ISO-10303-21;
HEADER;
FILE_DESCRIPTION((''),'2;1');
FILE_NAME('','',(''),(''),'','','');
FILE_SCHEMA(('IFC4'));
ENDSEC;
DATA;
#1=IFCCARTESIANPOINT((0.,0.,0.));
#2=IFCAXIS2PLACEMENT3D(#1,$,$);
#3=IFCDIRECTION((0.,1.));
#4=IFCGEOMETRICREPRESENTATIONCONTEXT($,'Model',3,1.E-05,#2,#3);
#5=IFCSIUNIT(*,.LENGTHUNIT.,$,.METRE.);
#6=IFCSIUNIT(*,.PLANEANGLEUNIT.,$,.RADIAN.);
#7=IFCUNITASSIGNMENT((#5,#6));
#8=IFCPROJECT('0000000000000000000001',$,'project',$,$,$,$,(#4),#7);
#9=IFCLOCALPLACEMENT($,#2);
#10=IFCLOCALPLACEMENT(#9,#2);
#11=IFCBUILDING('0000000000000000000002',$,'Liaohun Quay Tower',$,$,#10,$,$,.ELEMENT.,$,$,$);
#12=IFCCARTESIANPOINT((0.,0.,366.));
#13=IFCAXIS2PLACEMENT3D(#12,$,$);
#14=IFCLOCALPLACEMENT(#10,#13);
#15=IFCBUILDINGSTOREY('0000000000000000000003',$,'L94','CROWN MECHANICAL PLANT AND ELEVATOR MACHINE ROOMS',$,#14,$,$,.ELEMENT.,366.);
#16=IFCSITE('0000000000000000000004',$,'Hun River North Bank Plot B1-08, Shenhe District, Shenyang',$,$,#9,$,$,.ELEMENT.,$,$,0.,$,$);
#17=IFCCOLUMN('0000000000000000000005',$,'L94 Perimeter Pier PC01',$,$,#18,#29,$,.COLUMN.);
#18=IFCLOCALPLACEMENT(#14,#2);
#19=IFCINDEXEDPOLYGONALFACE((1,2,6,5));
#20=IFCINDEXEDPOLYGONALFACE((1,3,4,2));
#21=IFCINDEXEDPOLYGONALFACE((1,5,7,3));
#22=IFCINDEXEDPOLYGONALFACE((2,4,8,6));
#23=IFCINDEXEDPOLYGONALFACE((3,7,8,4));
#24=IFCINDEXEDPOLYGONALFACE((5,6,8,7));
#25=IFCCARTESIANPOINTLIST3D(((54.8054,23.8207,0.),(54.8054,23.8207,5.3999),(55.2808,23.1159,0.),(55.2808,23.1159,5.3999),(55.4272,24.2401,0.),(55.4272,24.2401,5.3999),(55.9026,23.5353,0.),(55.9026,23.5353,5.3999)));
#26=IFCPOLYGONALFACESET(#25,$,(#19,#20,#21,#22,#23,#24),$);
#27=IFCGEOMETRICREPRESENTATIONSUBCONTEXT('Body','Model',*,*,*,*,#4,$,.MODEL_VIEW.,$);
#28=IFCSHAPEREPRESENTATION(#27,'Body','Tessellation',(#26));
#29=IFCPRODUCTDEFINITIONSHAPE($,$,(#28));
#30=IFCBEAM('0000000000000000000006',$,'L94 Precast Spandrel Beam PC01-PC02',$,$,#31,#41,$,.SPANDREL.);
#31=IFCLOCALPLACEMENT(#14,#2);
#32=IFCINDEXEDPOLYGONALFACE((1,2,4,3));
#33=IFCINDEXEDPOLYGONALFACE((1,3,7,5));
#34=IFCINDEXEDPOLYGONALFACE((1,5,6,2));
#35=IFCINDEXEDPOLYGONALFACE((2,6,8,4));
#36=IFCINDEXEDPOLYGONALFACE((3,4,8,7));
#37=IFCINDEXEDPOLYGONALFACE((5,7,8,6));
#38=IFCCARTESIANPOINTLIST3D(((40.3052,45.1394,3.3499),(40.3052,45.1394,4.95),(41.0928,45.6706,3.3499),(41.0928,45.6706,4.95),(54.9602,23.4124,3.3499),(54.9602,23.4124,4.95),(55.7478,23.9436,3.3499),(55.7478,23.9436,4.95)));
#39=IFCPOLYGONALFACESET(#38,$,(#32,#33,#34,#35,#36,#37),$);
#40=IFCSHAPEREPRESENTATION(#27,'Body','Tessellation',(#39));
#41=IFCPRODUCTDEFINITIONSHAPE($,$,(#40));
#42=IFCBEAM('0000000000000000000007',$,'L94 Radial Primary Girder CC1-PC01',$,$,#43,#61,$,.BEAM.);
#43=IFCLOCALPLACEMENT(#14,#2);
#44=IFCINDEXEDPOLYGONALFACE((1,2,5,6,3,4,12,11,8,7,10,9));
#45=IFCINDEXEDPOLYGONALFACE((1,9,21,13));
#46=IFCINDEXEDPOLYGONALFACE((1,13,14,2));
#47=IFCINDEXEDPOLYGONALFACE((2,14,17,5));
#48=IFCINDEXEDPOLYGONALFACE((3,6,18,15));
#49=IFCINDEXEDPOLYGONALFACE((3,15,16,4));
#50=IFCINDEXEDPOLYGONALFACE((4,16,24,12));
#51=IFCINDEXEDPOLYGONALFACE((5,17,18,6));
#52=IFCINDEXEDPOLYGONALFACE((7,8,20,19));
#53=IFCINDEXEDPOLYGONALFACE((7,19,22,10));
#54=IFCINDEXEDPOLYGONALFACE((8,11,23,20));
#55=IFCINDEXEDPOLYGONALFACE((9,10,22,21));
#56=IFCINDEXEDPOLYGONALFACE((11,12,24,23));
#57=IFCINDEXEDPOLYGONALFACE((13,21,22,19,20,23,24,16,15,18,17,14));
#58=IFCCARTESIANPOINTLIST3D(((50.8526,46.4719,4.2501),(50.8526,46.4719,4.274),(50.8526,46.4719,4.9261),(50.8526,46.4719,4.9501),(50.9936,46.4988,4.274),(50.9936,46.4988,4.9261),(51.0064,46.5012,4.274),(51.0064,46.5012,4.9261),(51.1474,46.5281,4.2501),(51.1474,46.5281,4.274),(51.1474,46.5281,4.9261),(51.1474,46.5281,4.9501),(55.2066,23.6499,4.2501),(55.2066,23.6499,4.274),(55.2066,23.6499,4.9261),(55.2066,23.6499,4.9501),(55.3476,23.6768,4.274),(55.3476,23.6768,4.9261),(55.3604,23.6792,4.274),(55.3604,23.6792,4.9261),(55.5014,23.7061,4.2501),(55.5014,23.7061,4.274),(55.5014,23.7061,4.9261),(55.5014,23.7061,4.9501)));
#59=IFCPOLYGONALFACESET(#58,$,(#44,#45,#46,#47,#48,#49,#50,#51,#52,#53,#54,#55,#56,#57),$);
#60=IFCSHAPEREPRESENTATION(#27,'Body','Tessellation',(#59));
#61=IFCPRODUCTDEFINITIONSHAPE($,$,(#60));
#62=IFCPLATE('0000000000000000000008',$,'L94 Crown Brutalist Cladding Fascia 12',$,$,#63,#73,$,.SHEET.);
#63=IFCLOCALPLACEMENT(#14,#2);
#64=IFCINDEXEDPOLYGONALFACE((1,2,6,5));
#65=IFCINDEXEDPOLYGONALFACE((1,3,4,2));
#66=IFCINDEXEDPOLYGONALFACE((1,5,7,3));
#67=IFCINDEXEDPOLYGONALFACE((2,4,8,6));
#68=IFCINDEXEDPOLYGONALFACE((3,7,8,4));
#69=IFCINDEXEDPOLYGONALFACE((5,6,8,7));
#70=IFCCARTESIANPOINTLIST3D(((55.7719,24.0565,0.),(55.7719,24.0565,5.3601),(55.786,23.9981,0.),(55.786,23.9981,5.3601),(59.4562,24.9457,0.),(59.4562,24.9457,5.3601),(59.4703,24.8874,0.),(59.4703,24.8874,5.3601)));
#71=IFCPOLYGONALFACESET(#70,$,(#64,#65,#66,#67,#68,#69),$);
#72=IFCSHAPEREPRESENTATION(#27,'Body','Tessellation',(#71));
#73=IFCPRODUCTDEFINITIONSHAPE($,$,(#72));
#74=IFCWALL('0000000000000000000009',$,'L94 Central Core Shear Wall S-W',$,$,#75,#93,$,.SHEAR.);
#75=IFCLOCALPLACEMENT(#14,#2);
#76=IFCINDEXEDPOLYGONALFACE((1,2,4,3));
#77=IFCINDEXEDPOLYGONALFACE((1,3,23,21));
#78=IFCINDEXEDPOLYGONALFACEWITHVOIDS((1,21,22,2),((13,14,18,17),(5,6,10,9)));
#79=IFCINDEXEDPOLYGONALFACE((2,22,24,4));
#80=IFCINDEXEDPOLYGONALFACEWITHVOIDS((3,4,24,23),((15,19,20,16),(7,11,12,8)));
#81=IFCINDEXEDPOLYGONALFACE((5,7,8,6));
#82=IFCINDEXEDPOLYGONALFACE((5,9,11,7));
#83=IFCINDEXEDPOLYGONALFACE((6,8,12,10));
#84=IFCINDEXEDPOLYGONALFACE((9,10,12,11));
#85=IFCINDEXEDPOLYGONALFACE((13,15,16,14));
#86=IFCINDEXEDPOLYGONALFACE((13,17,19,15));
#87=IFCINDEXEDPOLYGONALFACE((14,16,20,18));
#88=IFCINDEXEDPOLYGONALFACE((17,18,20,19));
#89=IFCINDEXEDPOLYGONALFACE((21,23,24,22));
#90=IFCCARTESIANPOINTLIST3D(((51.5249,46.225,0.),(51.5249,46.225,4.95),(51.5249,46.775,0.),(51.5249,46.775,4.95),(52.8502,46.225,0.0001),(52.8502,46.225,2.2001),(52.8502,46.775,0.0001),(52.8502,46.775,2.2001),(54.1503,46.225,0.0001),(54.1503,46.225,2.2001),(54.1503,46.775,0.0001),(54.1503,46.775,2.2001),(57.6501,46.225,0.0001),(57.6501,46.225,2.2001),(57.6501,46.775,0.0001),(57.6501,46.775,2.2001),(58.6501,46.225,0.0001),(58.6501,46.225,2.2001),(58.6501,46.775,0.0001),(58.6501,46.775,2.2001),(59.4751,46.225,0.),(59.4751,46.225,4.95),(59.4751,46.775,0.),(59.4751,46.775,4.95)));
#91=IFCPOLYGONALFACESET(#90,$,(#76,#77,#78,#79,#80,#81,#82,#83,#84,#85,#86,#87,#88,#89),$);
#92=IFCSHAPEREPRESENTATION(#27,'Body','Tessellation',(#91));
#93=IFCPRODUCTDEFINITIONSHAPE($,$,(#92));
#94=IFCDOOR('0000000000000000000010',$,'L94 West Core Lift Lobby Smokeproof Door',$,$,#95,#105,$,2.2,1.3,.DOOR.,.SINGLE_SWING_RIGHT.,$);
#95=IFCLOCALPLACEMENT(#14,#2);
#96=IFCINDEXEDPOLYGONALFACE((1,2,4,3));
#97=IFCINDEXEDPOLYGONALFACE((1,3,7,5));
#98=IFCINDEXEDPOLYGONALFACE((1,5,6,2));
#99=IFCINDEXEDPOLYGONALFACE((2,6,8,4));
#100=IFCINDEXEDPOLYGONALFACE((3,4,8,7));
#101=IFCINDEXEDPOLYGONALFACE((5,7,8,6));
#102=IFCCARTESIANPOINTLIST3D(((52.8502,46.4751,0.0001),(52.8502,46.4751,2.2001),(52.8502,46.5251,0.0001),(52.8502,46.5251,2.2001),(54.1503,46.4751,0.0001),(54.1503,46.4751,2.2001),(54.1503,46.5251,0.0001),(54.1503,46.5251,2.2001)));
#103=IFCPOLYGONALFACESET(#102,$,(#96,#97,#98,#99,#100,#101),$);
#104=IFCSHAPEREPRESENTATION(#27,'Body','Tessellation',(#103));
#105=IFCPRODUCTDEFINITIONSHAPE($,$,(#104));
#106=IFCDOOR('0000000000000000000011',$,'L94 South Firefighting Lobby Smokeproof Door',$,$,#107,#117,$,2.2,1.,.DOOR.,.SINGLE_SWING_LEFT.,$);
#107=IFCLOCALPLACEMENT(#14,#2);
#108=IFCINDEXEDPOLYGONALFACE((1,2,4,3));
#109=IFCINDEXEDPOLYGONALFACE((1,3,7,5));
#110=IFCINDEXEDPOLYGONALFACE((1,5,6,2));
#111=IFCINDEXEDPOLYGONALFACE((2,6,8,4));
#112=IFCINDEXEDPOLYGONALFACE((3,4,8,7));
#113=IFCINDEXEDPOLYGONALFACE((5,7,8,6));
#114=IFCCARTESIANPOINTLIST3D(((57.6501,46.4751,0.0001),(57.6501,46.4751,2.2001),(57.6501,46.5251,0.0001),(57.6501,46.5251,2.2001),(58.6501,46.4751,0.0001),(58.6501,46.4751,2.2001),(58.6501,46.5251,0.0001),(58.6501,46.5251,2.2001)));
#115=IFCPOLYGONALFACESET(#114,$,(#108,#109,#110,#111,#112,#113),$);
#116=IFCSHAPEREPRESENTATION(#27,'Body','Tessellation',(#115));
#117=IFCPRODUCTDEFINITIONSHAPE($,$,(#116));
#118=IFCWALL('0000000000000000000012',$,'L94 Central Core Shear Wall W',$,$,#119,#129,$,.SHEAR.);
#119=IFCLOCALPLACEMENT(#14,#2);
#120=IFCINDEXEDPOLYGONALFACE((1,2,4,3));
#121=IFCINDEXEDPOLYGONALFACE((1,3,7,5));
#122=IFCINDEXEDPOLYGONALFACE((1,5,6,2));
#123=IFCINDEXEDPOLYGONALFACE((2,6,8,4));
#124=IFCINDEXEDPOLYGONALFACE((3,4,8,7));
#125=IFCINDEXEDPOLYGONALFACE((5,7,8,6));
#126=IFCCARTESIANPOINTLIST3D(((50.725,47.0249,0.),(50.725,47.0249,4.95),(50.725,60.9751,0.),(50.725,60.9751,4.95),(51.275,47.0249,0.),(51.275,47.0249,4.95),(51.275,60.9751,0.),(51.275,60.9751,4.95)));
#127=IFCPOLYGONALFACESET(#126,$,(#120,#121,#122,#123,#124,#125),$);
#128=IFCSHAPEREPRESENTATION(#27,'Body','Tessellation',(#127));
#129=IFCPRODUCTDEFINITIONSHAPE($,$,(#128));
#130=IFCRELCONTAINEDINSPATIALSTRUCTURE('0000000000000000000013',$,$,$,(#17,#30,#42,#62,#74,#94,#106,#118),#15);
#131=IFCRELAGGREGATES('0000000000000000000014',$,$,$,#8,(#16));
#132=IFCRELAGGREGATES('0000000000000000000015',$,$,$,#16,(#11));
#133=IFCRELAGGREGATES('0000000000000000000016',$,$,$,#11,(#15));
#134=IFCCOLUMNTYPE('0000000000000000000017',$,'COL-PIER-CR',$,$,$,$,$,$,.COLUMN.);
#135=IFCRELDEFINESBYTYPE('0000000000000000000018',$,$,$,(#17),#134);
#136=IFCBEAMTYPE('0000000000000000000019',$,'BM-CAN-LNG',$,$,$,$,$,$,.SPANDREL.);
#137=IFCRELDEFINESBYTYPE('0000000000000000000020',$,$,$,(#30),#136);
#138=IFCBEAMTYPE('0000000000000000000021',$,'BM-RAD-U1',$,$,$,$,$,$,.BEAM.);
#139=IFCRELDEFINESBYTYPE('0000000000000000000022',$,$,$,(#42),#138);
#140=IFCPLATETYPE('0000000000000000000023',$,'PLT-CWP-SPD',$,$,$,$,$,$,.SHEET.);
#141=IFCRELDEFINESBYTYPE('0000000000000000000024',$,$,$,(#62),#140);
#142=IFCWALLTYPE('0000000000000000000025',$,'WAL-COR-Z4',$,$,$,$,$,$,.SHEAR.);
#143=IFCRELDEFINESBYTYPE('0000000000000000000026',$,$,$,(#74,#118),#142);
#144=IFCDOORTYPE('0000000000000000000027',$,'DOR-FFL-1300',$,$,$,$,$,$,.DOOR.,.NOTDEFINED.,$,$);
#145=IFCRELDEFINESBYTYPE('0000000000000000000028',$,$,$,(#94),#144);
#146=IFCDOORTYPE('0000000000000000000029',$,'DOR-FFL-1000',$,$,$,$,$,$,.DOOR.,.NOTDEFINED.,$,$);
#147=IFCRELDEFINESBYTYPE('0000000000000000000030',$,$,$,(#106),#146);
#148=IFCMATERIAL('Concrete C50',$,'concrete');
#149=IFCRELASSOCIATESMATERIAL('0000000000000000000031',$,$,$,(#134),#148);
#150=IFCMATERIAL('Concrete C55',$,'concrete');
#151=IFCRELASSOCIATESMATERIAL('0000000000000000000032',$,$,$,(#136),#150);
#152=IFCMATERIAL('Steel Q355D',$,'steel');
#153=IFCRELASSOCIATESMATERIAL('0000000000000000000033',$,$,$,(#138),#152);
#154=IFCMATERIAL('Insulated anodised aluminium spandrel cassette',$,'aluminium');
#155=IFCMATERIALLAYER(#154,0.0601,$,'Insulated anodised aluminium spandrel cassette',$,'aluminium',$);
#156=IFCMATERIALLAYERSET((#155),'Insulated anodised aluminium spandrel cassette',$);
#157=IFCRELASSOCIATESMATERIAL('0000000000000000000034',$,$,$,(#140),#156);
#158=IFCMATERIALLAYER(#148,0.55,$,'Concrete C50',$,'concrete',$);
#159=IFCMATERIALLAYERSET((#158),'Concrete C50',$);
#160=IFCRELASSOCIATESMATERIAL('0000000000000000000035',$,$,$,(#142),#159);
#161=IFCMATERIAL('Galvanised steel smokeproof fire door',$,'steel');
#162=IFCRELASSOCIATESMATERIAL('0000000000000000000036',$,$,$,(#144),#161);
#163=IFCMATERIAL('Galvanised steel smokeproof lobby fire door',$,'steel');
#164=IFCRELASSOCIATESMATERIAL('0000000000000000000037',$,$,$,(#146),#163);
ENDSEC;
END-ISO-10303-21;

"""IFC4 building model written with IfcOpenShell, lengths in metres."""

from ifc_helpers import new_model, si_unit, direction, frame, frame_2d, origin, origin_2d, place, context, subcontext, project, spatial, rectangle, i_section, extrude, source, transform, mapped, material, layer, layer_set, material_profile, profile_set, type_object, element, fill, save


model = new_model("IFC4")

# Units and contexts
model_context = context("Model", 3, precision=1e-05, world=origin(), true_north=direction((0.0, 1.0)))
body_context = subcontext(model_context, "Body", "Model", "MODEL_VIEW")
ifc_project = project(units=[si_unit("LENGTHUNIT", "METRE"), si_unit("PLANEANGLEUNIT", "RADIAN")], contexts=[model_context])

# Site, building, storey
site_placement = place(None, origin())
site = spatial("IfcSite", under=ifc_project, at=site_placement, Name="Hun River North Bank Plot B1-08, Shenhe District, Shenyang", CompositionType="ELEMENT", RefElevation=0.0)
building_placement = place(site_placement, origin())
building = spatial("IfcBuilding", under=site, at=building_placement, Name="Liaohun Quay Tower", CompositionType="ELEMENT")
storey_placement = place(building_placement, frame((0.0, 0.0, 366.0)))
storey = spatial("IfcBuildingStorey", under=building, at=storey_placement, Name="L94", Description="CROWN MECHANICAL PLANT AND ELEVATOR MACHINE ROOMS", CompositionType="ELEMENT", Elevation=366.0)

# Column
ifc_material_1 = material(Name="Concrete C50", Category="concrete")
ifc_material_profile_1 = material_profile(ifc_material_1, rectangle(XDim=0.8501, YDim=0.75, at=origin_2d()), Name="RC850x750")
ifc_profile_set_1 = profile_set([ifc_material_profile_1], Name="Concrete C50")
column_type = type_object("IfcColumnType", Name="COL-PIER-CR", PredefinedType="COLUMN", material=ifc_profile_set_1)
shared_shape_1 = source(origin(), body_context, "Body", "SweptSolid", [
    extrude(rectangle(XDim=0.8501, YDim=0.75, at=origin_2d()), origin(), (0.0, 0.0, 1.0), 5.3999),
])
column_placement = place(storey_placement, frame((55.354, 23.678, 0.0), z_axis=(0.0, 0.0, 1.0), x_axis=(-0.559193, 0.829038, 0.0)))
element("IfcColumn", 1, at=column_placement, inside=storey, type_object=column_type, Name="L94 Perimeter Pier PC01", PredefinedType="COLUMN", context=body_context, shape_type="MappedRepresentation", body=[
    mapped(shared_shape_1, transform((0.0, 0.0, 0.0), x_axis=(1.0, 0.0, 0.0), y_axis=(0.0, 1.0, 0.0), z_axis=(0.0, 0.0, 1.0), scale=1.0)),
])

# Beams
ifc_material_2 = material(Name="Concrete C55", Category="concrete")
ifc_material_profile_2 = material_profile(ifc_material_2, rectangle(XDim=0.95, YDim=1.6001, at=origin_2d()), Name="RC950x1600")
ifc_profile_set_2 = profile_set([ifc_material_profile_2], Name="Concrete C55")
beam_type_1 = type_object("IfcBeamType", Name="BM-CAN-LNG", PredefinedType="SPANDREL", material=ifc_profile_set_2)
shared_shape_2 = source(origin(), body_context, "Body", "SweptSolid", [
    extrude(rectangle(XDim=0.95, YDim=1.6001, at=origin_2d()), origin(), (0.0, 0.0, 1.0), 26.2075),
])
beam_1_placement = place(storey_placement, frame((55.354, 23.678, 4.1499), z_axis=(-0.559192, 0.829038, 0.0), x_axis=(-0.829038, -0.559192, 0.0)))
element("IfcBeam", 2, at=beam_1_placement, inside=storey, type_object=beam_type_1, Name="L94 Precast Spandrel Beam PC01-PC02", PredefinedType="SPANDREL", context=body_context, shape_type="MappedRepresentation", body=[
    mapped(shared_shape_2, transform((0.0, 0.0, 0.0), x_axis=(1.0, 0.0, 0.0), y_axis=(0.0, 1.0, 0.0), z_axis=(0.0, 0.0, 1.0), scale=1.0)),
])
ifc_material_3 = material(Name="Steel Q355D", Category="steel")
ifc_material_profile_3 = material_profile(ifc_material_3, i_section(OverallWidth=0.3, OverallDepth=0.7, WebThickness=0.0129, FlangeThickness=0.0239, at=origin_2d()), Name="HN700x300x13x24")
ifc_profile_set_3 = profile_set([ifc_material_profile_3], Name="Steel Q355D")
beam_type_2 = type_object("IfcBeamType", Name="BM-RAD-U1", PredefinedType="BEAM", material=ifc_profile_set_3)
shared_shape_3 = source(origin(), body_context, "Body", "SweptSolid", [
    extrude(i_section(OverallWidth=0.3, OverallDepth=0.7, WebThickness=0.0129, FlangeThickness=0.0239, at=origin_2d()), origin(), (0.0, 0.0, 1.0), 23.2336),
])
beam_2_placement = place(storey_placement, frame((51.0, 46.5, 4.6001), z_axis=(0.187401, -0.982284, 0.0), x_axis=(0.982284, 0.187401, 0.0)))
element("IfcBeam", 3, at=beam_2_placement, inside=storey, type_object=beam_type_2, Name="L94 Radial Primary Girder CC1-PC01", PredefinedType="BEAM", context=body_context, shape_type="MappedRepresentation", body=[
    mapped(shared_shape_3, transform((0.0, 0.0, 0.0), x_axis=(1.0, 0.0, 0.0), y_axis=(0.0, 1.0, 0.0), z_axis=(0.0, 0.0, 1.0), scale=1.0)),
])

# Plate
ifc_material_4 = material(Name="Insulated anodised aluminium spandrel cassette", Category="aluminium")
ifc_layer_1 = layer(ifc_material_4, 0.0601, Name="Insulated anodised aluminium spandrel cassette", Category="aluminium")
ifc_layer_set_1 = layer_set([ifc_layer_1], Name="Insulated anodised aluminium spandrel cassette")
plate_type = type_object("IfcPlateType", Name="PLT-CWP-SPD", PredefinedType="SHEET", material=ifc_layer_set_1)
shared_shape_4 = source(origin(), body_context, "Body", "SweptSolid", [
    extrude(rectangle(XDim=3.79, YDim=0.0601, at=origin_2d()), origin(), (0.0, 0.0, 1.0), 5.3601),
])
plate_placement = place(storey_placement, frame((57.6211, 24.4719, 0.0), z_axis=(0.0, 0.0, 1.0), x_axis=(0.972084, 0.234633, 0.0)))
element("IfcPlate", 4, at=plate_placement, inside=storey, type_object=plate_type, Name="L94 Crown Brutalist Cladding Fascia 12", PredefinedType="SHEET", context=body_context, shape_type="MappedRepresentation", body=[
    mapped(shared_shape_4, transform((0.0, 0.0, 0.0), x_axis=(1.0, 0.0, 0.0), y_axis=(0.0, 1.0, 0.0), z_axis=(0.0, 0.0, 1.0), scale=1.0)),
])

# Wall, openings, doors
ifc_layer_2 = layer(ifc_material_1, 0.55, Name="Concrete C50", Category="concrete")
ifc_layer_set_2 = layer_set([ifc_layer_2], Name="Concrete C50")
wall_type_1 = type_object("IfcWallType", Name="WAL-COR-Z4", PredefinedType="SHEAR", material=ifc_layer_set_2)
wall_1_placement = place(storey_placement, frame((59.4751, 46.5, 0.0), z_axis=(0.0, 0.0, 1.0), x_axis=(-1.0, 0.0, 0.0)))
wall_1 = element("IfcWall", 5, at=wall_1_placement, inside=storey, type_object=wall_type_1, Name="L94 Central Core Shear Wall S-W", PredefinedType="SHEAR", context=body_context, shape_type="SweptSolid", body=[
    extrude(rectangle(XDim=7.9502, YDim=0.55, at=frame_2d((3.9751, 0.0))), origin(), (0.0, 0.0, 1.0), 4.95),
])
shared_shape_5 = source(origin(), body_context, "Body", "SweptSolid", [
    extrude(rectangle(XDim=1.3, YDim=2.2, at=frame_2d((0.6499, 1.1001))), frame((0.0, 0.2849, 0.0), z_axis=(0.0, -1.0, 0.0), x_axis=(1.0, 0.0, 0.0)), (0.0, 0.0, 1.0), 0.5701),
])
opening_1_placement = place(wall_1_placement, frame((5.325, 0.0, 0.0)))
opening_1 = element("IfcOpeningElement", 6, at=opening_1_placement, cuts=wall_1, PredefinedType="OPENING", context=body_context, shape_type="MappedRepresentation", body=[
    mapped(shared_shape_5, transform((0.0, 0.0, 0.0), x_axis=(1.0, 0.0, 0.0), y_axis=(0.0, 1.0, 0.0), z_axis=(0.0, 0.0, 1.0), scale=1.0)),
])
shared_shape_6 = source(origin(), body_context, "Body", "SweptSolid", [
    extrude(rectangle(XDim=1.0, YDim=2.2, at=frame_2d((0.5, 1.1001))), frame((0.0, 0.2849, 0.0), z_axis=(0.0, -1.0, 0.0), x_axis=(1.0, 0.0, 0.0)), (0.0, 0.0, 1.0), 0.5701),
])
opening_2_placement = place(wall_1_placement, frame((0.825, 0.0, 0.0)))
opening_2 = element("IfcOpeningElement", 7, at=opening_2_placement, cuts=wall_1, PredefinedType="OPENING", context=body_context, shape_type="MappedRepresentation", body=[
    mapped(shared_shape_6, transform((0.0, 0.0, 0.0), x_axis=(1.0, 0.0, 0.0), y_axis=(0.0, 1.0, 0.0), z_axis=(0.0, 0.0, 1.0), scale=1.0)),
])
ifc_material_5 = material(Name="Galvanised steel smokeproof fire door", Category="steel")
door_type_1 = type_object("IfcDoorType", Name="DOR-FFL-1300", OperationType="NOTDEFINED", PredefinedType="DOOR", material=ifc_material_5)
shared_shape_7 = source(origin(), body_context, "Body", "SweptSolid", [
    extrude(rectangle(XDim=1.3, YDim=2.2, at=frame_2d((0.6499, 1.1001))), frame((0.0, 0.0249, 0.0), z_axis=(0.0, -1.0, 0.0), x_axis=(1.0, 0.0, 0.0)), (0.0, 0.0, 1.0), 0.05),
])
door_1_placement = place(opening_1_placement, origin())
door_1 = element("IfcDoor", 8, at=door_1_placement, inside=storey, type_object=door_type_1, Name="L94 West Core Lift Lobby Smokeproof Door", OperationType="SINGLE_SWING_RIGHT", OverallHeight=2.2, OverallWidth=1.3, PredefinedType="DOOR", context=body_context, shape_type="MappedRepresentation", body=[
    mapped(shared_shape_7, transform((0.0, 0.0, 0.0), x_axis=(1.0, 0.0, 0.0), y_axis=(0.0, 1.0, 0.0), z_axis=(0.0, 0.0, 1.0), scale=1.0)),
])
fill(opening_1, door_1)
ifc_material_6 = material(Name="Galvanised steel smokeproof lobby fire door", Category="steel")
door_type_2 = type_object("IfcDoorType", Name="DOR-FFL-1000", OperationType="NOTDEFINED", PredefinedType="DOOR", material=ifc_material_6)
shared_shape_8 = source(origin(), body_context, "Body", "SweptSolid", [
    extrude(rectangle(XDim=1.0, YDim=2.2, at=frame_2d((0.5, 1.1001))), frame((0.0, 0.0249, 0.0), z_axis=(0.0, -1.0, 0.0), x_axis=(1.0, 0.0, 0.0)), (0.0, 0.0, 1.0), 0.05),
])
door_2_placement = place(opening_2_placement, origin())
door_2 = element("IfcDoor", 9, at=door_2_placement, inside=storey, type_object=door_type_2, Name="L94 South Firefighting Lobby Smokeproof Door", OperationType="SINGLE_SWING_LEFT", OverallHeight=2.2, OverallWidth=1.0, PredefinedType="DOOR", context=body_context, shape_type="MappedRepresentation", body=[
    mapped(shared_shape_8, transform((0.0, 0.0, 0.0), x_axis=(1.0, 0.0, 0.0), y_axis=(0.0, 1.0, 0.0), z_axis=(0.0, 0.0, 1.0), scale=1.0)),
])
fill(opening_2, door_2)

# Wall
wall_2_placement = place(storey_placement, frame((51.0, 47.0249, 0.0), z_axis=(0.0, 0.0, 1.0), x_axis=(0.0, 1.0, 0.0)))
element("IfcWall", 10, at=wall_2_placement, inside=storey, type_object=wall_type_1, Name="L94 Central Core Shear Wall W", PredefinedType="SHEAR", context=body_context, shape_type="SweptSolid", body=[
    extrude(rectangle(XDim=13.9502, YDim=0.55, at=frame_2d((6.9751, 0.0))), origin(), (0.0, 0.0, 1.0), 4.95),
])

save(model, "model.ifc")
